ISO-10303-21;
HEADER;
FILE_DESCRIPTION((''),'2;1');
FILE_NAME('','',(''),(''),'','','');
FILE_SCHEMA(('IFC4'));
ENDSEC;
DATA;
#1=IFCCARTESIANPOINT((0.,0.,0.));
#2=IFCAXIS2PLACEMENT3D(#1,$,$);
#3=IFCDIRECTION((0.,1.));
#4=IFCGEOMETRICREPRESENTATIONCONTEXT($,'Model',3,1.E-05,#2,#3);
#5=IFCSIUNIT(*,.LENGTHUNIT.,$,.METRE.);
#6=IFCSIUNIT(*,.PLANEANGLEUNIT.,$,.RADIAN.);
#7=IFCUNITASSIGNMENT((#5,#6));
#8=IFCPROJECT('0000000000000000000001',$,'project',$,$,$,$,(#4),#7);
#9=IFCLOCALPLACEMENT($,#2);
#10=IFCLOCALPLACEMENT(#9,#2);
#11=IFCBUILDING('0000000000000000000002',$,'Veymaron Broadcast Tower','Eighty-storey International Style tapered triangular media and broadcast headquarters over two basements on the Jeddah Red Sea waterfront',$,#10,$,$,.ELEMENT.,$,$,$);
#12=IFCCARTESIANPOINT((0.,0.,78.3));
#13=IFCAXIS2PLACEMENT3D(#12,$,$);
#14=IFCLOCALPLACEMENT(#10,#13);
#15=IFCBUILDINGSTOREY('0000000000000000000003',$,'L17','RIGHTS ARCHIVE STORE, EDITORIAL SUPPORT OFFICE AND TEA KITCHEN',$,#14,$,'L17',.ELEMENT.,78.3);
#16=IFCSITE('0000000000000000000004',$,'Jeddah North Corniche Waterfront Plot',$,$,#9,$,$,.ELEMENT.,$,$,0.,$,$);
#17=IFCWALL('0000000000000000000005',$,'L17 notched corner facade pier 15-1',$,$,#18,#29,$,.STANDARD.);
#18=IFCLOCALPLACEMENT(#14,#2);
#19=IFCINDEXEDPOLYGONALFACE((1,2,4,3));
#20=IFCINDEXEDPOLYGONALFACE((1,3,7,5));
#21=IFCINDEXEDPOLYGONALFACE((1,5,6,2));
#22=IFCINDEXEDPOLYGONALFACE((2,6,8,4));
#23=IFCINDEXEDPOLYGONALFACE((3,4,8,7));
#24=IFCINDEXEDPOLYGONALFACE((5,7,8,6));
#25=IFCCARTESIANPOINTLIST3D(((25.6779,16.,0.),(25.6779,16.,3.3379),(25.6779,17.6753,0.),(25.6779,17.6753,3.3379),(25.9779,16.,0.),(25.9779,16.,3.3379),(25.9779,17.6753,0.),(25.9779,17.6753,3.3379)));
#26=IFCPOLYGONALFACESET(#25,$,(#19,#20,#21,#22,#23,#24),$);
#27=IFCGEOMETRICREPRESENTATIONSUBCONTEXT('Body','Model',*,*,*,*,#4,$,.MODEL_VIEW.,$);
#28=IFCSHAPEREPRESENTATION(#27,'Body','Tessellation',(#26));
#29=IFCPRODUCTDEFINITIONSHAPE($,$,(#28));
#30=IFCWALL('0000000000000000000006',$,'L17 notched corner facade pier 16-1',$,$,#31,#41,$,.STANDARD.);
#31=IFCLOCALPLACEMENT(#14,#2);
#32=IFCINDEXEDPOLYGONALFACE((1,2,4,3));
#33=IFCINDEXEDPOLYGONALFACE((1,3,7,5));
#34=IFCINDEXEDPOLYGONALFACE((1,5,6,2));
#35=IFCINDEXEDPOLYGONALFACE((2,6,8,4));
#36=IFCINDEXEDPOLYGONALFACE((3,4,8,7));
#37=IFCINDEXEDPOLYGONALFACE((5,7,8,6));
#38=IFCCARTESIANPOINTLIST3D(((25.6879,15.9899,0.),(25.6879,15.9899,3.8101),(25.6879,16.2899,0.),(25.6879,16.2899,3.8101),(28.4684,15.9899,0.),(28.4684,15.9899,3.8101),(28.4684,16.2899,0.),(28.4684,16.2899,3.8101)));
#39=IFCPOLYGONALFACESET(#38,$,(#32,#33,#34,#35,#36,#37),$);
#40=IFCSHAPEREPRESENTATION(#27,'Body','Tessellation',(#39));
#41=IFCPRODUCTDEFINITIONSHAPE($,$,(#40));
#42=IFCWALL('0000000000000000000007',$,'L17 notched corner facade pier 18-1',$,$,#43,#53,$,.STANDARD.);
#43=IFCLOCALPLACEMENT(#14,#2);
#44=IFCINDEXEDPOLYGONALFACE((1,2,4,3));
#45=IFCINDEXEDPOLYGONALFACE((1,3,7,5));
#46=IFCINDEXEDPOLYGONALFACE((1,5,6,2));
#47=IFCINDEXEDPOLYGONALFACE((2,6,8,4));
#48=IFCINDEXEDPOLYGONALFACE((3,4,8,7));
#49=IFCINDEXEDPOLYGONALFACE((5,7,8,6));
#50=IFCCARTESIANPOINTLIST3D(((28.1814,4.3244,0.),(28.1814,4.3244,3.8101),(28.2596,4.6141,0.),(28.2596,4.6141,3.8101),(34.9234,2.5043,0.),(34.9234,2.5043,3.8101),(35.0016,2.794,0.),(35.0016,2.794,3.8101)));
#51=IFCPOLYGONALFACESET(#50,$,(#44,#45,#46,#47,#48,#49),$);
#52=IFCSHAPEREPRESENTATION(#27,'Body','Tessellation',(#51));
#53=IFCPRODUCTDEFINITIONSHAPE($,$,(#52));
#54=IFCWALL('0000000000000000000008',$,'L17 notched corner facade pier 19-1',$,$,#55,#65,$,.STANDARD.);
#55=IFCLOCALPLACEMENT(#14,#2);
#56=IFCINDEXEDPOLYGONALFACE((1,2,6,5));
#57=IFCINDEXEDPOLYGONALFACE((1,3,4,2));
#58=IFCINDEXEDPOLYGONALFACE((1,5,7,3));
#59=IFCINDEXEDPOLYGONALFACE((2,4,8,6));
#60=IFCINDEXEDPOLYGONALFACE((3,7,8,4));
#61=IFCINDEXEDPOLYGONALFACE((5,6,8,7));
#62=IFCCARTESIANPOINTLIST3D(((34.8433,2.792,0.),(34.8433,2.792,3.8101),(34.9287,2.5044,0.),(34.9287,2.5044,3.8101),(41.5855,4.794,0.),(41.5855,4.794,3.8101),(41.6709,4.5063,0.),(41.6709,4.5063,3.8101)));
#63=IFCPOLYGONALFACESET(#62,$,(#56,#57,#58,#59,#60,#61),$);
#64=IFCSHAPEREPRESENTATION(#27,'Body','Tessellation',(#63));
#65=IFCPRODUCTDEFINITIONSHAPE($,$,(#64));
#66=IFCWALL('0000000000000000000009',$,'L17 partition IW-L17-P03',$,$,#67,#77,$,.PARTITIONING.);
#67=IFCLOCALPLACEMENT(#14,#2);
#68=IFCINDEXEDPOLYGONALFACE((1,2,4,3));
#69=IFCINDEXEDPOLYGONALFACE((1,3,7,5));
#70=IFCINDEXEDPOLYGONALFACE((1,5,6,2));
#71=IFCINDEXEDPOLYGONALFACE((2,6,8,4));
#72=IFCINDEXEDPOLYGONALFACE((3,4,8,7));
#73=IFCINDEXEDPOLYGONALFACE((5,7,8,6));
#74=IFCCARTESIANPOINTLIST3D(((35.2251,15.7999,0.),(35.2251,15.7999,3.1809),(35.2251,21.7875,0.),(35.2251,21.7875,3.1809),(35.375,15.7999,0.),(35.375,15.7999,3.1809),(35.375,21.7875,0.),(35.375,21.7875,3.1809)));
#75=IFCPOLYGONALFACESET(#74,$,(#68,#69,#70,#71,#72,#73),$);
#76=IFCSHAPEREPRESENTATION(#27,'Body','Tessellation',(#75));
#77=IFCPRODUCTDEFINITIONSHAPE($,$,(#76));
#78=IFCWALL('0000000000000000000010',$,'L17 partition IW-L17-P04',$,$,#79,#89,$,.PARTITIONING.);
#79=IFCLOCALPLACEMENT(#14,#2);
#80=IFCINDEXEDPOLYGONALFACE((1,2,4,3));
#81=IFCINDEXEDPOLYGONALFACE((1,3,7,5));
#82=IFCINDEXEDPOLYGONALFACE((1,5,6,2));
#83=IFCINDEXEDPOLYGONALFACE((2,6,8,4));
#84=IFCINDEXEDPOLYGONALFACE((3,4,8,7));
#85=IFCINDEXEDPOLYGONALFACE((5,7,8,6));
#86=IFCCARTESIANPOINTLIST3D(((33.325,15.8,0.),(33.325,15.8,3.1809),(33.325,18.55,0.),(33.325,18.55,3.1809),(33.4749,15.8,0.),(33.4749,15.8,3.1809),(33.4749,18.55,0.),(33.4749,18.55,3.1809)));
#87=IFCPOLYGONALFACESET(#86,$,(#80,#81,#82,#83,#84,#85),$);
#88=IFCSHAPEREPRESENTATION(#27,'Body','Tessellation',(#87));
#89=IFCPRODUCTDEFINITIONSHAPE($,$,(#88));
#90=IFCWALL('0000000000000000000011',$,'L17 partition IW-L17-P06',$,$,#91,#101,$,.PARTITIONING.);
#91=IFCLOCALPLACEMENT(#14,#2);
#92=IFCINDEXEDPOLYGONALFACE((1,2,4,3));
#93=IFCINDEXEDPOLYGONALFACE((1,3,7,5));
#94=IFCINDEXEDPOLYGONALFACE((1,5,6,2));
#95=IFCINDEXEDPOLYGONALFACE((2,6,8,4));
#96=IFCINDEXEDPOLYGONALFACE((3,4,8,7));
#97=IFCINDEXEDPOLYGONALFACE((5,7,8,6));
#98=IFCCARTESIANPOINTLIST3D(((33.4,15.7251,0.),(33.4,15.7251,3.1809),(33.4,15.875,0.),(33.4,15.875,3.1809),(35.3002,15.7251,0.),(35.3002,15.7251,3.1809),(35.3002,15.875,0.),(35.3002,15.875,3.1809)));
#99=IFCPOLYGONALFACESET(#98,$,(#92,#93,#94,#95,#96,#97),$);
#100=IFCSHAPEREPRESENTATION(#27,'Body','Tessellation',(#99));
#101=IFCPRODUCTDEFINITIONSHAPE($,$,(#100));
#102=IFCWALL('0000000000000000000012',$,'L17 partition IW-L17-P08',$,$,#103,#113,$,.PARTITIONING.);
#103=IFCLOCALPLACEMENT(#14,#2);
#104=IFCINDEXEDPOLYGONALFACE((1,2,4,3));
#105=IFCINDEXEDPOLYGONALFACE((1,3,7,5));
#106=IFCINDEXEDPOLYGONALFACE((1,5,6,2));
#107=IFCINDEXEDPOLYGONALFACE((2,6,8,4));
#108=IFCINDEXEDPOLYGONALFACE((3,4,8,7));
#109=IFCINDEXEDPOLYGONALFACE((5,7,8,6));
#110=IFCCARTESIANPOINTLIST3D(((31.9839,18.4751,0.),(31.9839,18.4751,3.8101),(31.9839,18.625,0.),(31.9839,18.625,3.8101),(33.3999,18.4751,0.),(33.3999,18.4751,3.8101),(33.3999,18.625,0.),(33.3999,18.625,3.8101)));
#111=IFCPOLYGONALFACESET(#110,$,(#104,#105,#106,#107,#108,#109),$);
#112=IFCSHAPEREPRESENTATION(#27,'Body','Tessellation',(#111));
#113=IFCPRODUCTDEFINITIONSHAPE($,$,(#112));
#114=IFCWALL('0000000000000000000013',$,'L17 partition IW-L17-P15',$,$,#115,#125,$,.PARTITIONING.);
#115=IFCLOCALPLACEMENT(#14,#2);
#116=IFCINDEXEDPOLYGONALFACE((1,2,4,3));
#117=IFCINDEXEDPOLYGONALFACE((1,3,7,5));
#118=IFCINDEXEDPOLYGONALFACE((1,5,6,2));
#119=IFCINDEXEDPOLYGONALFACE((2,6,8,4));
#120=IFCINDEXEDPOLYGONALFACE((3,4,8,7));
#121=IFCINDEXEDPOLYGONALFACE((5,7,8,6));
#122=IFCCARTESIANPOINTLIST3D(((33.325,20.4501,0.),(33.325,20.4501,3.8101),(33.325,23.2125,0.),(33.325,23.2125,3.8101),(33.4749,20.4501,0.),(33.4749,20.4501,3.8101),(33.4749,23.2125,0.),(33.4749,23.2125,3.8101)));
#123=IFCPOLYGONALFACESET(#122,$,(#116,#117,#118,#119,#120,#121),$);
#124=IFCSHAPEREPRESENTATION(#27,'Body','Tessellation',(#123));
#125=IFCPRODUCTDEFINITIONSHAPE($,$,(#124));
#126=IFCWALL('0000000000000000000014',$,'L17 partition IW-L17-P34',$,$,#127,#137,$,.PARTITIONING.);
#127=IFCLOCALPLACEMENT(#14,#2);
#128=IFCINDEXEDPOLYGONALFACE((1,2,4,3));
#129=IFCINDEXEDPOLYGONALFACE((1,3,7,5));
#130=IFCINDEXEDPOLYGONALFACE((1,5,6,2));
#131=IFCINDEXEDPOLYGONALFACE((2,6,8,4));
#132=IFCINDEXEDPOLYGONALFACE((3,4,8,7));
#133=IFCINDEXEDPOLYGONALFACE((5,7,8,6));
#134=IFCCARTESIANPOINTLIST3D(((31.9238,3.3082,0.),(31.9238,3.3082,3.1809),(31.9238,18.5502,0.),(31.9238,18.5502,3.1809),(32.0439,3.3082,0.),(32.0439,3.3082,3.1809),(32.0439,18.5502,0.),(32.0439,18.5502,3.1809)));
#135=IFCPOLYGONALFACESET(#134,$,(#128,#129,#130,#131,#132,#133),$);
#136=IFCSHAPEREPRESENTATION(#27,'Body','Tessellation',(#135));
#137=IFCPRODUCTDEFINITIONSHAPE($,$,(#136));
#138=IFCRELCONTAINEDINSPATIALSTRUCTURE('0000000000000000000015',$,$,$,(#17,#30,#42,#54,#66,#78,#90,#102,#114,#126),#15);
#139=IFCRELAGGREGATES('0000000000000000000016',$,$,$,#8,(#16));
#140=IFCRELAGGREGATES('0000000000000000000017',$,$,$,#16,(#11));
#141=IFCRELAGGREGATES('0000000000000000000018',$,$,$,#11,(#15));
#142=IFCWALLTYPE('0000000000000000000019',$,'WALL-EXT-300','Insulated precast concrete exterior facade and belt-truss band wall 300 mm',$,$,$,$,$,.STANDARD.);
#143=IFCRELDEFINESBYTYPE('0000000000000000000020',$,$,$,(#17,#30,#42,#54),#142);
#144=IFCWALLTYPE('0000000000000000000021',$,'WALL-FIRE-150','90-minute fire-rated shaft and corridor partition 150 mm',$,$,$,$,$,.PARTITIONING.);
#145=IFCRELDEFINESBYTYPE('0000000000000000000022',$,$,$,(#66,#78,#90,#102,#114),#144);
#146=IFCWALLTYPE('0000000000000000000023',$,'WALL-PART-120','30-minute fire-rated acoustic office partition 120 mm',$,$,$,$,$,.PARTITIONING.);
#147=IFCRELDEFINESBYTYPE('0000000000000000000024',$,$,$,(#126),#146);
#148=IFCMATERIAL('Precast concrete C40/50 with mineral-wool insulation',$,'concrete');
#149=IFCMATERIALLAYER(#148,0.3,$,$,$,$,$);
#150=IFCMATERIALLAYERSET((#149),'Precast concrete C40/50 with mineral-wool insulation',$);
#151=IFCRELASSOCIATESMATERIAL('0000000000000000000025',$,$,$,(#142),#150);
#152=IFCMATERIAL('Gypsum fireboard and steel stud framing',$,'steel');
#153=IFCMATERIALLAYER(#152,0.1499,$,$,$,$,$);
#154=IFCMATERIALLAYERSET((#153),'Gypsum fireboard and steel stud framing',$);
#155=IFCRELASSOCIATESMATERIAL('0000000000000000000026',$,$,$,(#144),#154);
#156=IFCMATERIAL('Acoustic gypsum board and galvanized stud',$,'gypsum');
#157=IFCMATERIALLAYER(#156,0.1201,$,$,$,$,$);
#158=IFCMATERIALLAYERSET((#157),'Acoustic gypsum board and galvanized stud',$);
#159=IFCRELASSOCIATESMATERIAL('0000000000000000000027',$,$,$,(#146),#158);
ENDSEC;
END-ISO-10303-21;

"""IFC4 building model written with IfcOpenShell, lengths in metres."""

from ifc_helpers import new_model, si_unit, direction, frame, frame_2d, origin, place, context, subcontext, project, spatial, rectangle, extrude, material, layer, layer_set, type_object, element, save


model = new_model("IFC4")

# Units and contexts
model_context = context("Model", 3, precision=1e-05, world=origin(), true_north=direction((0.0, 1.0)))
body_context = subcontext(model_context, "Body", "Model", "MODEL_VIEW")
ifc_project = project(units=[si_unit("LENGTHUNIT", "METRE"), si_unit("PLANEANGLEUNIT", "RADIAN")], contexts=[model_context])

# Site, building, storey
site_placement = place(None, origin())
site = spatial("IfcSite", under=ifc_project, at=site_placement, Name="Jeddah North Corniche Waterfront Plot", CompositionType="ELEMENT", RefElevation=0.0)
building_placement = place(site_placement, origin())
building = spatial("IfcBuilding", under=site, at=building_placement, Name="Veymaron Broadcast Tower", Description="Eighty-storey International Style tapered triangular media and broadcast headquarters over two basements on the Jeddah Red Sea waterfront", CompositionType="ELEMENT")
storey_placement = place(building_placement, frame((0.0, 0.0, 78.3)))
storey = spatial("IfcBuildingStorey", under=building, at=storey_placement, Name="L17", Description="RIGHTS ARCHIVE STORE, EDITORIAL SUPPORT OFFICE AND TEA KITCHEN", LongName="L17", CompositionType="ELEMENT", Elevation=78.3)

# Walls
ifc_material_1 = material(Name="Precast concrete C40/50 with mineral-wool insulation", Category="concrete")
ifc_layer_1 = layer(ifc_material_1, 0.3)
ifc_layer_set_1 = layer_set([ifc_layer_1], Name="Precast concrete C40/50 with mineral-wool insulation")
wall_type_1 = type_object("IfcWallType", Name="WALL-EXT-300", Description="Insulated precast concrete exterior facade and belt-truss band wall 300 mm", PredefinedType="STANDARD", material=ifc_layer_set_1)
wall_1_placement = place(storey_placement, frame((25.8279, 17.6753, 0.0), z_axis=(0.0, 0.0, 1.0), x_axis=(0.0, -1.0, 0.0)))
element("IfcWall", 1, at=wall_1_placement, inside=storey, type_object=wall_type_1, Name="L17 notched corner facade pier 15-1", PredefinedType="STANDARD", context=body_context, shape_type="SweptSolid", body=[
    extrude(rectangle(XDim=1.6753, YDim=0.3, at=frame_2d((0.8376, 0.0))), origin(), (0.0, 0.0, 1.0), 3.3379),
])
wall_2_placement = place(storey_placement, frame((25.688, 16.1399, 0.0), z_axis=(0.0, 0.0, 1.0), x_axis=(1.0, 0.0, 0.0)))
element("IfcWall", 2, at=wall_2_placement, inside=storey, type_object=wall_type_1, Name="L17 notched corner facade pier 16-1", PredefinedType="STANDARD", context=body_context, shape_type="SweptSolid", body=[
    extrude(rectangle(XDim=2.7805, YDim=0.3, at=frame_2d((1.3901, 0.0))), origin(), (0.0, 0.0, 1.0), 3.8101),
])
wall_3_placement = place(storey_placement, frame((28.2205, 4.4692, 0.0), z_axis=(0.0, 0.0, 1.0), x_axis=(0.965438, -0.260632, 0.0)))
element("IfcWall", 3, at=wall_3_placement, inside=storey, type_object=wall_type_1, Name="L17 notched corner facade pier 18-1", PredefinedType="STANDARD", context=body_context, shape_type="SweptSolid", body=[
    extrude(rectangle(XDim=6.9834, YDim=0.3, at=frame_2d((3.4917, 0.0))), origin(), (0.0, 0.0, 1.0), 3.8101),
])
wall_4_placement = place(storey_placement, frame((34.886, 2.6482, 0.0), z_axis=(0.0, 0.0, 1.0), x_axis=(0.958633, 0.284646, 0.0)))
element("IfcWall", 4, at=wall_4_placement, inside=storey, type_object=wall_type_1, Name="L17 notched corner facade pier 19-1", PredefinedType="STANDARD", context=body_context, shape_type="SweptSolid", body=[
    extrude(rectangle(XDim=7.0332, YDim=0.3, at=frame_2d((3.5166, 0.0))), origin(), (0.0, 0.0, 1.0), 3.8101),
])
ifc_material_2 = material(Name="Gypsum fireboard and steel stud framing", Category="steel")
ifc_layer_2 = layer(ifc_material_2, 0.1499)
ifc_layer_set_2 = layer_set([ifc_layer_2], Name="Gypsum fireboard and steel stud framing")
wall_type_2 = type_object("IfcWallType", Name="WALL-FIRE-150", Description="90-minute fire-rated shaft and corridor partition 150 mm", PredefinedType="PARTITIONING", material=ifc_layer_set_2)
wall_5_placement = place(storey_placement, frame((35.3, 15.8, 0.0), z_axis=(0.0, 0.0, 1.0), x_axis=(0.0, 1.0, 0.0)))
element("IfcWall", 5, at=wall_5_placement, inside=storey, type_object=wall_type_2, Name="L17 partition IW-L17-P03", PredefinedType="PARTITIONING", context=body_context, shape_type="SweptSolid", body=[
    extrude(rectangle(XDim=5.9875, YDim=0.1499, at=frame_2d((2.9937, 0.0))), origin(), (0.0, 0.0, 1.0), 3.1809),
])
wall_6_placement = place(storey_placement, frame((33.3999, 15.8, 0.0), z_axis=(0.0, 0.0, 1.0), x_axis=(0.0, 1.0, 0.0)))
element("IfcWall", 6, at=wall_6_placement, inside=storey, type_object=wall_type_2, Name="L17 partition IW-L17-P04", PredefinedType="PARTITIONING", context=body_context, shape_type="SweptSolid", body=[
    extrude(rectangle(XDim=2.75, YDim=0.1499, at=frame_2d((1.375, 0.0))), origin(), (0.0, 0.0, 1.0), 3.1809),
])
wall_7_placement = place(storey_placement, frame((33.3999, 15.8, 0.0), z_axis=(0.0, 0.0, 1.0), x_axis=(1.0, 0.0, 0.0)))
element("IfcWall", 7, at=wall_7_placement, inside=storey, type_object=wall_type_2, Name="L17 partition IW-L17-P06", PredefinedType="PARTITIONING", context=body_context, shape_type="SweptSolid", body=[
    extrude(rectangle(XDim=1.9001, YDim=0.1499, at=frame_2d((0.9502, 0.0))), origin(), (0.0, 0.0, 1.0), 3.1809),
])
wall_8_placement = place(storey_placement, frame((31.9839, 18.55, 0.0), z_axis=(0.0, 0.0, 1.0), x_axis=(1.0, 0.0, 0.0)))
element("IfcWall", 8, at=wall_8_placement, inside=storey, type_object=wall_type_2, Name="L17 partition IW-L17-P08", PredefinedType="PARTITIONING", context=body_context, shape_type="SweptSolid", body=[
    extrude(rectangle(XDim=1.416, YDim=0.1499, at=frame_2d((0.708, 0.0))), origin(), (0.0, 0.0, 1.0), 3.8101),
])
wall_9_placement = place(storey_placement, frame((33.3999, 20.45, 0.0), z_axis=(0.0, 0.0, 1.0), x_axis=(0.0, 1.0, 0.0)))
element("IfcWall", 9, at=wall_9_placement, inside=storey, type_object=wall_type_2, Name="L17 partition IW-L17-P15", PredefinedType="PARTITIONING", context=body_context, shape_type="SweptSolid", body=[
    extrude(rectangle(XDim=2.7625, YDim=0.1499, at=frame_2d((1.3813, 0.0))), origin(), (0.0, 0.0, 1.0), 3.8101),
])
ifc_material_3 = material(Name="Acoustic gypsum board and galvanized stud", Category="gypsum")
ifc_layer_3 = layer(ifc_material_3, 0.1201)
ifc_layer_set_3 = layer_set([ifc_layer_3], Name="Acoustic gypsum board and galvanized stud")
wall_type_3 = type_object("IfcWallType", Name="WALL-PART-120", Description="30-minute fire-rated acoustic office partition 120 mm", PredefinedType="PARTITIONING", material=ifc_layer_set_3)
wall_10_placement = place(storey_placement, frame((31.9839, 3.3081, 0.0), z_axis=(0.0, 0.0, 1.0), x_axis=(0.0, 1.0, 0.0)))
element("IfcWall", 10, at=wall_10_placement, inside=storey, type_object=wall_type_3, Name="L17 partition IW-L17-P34", PredefinedType="PARTITIONING", context=body_context, shape_type="SweptSolid", body=[
    extrude(rectangle(XDim=15.2419, YDim=0.1201, at=frame_2d((7.6211, 0.0))), origin(), (0.0, 0.0, 1.0), 3.1809),
])

save(model, "model.ifc")
